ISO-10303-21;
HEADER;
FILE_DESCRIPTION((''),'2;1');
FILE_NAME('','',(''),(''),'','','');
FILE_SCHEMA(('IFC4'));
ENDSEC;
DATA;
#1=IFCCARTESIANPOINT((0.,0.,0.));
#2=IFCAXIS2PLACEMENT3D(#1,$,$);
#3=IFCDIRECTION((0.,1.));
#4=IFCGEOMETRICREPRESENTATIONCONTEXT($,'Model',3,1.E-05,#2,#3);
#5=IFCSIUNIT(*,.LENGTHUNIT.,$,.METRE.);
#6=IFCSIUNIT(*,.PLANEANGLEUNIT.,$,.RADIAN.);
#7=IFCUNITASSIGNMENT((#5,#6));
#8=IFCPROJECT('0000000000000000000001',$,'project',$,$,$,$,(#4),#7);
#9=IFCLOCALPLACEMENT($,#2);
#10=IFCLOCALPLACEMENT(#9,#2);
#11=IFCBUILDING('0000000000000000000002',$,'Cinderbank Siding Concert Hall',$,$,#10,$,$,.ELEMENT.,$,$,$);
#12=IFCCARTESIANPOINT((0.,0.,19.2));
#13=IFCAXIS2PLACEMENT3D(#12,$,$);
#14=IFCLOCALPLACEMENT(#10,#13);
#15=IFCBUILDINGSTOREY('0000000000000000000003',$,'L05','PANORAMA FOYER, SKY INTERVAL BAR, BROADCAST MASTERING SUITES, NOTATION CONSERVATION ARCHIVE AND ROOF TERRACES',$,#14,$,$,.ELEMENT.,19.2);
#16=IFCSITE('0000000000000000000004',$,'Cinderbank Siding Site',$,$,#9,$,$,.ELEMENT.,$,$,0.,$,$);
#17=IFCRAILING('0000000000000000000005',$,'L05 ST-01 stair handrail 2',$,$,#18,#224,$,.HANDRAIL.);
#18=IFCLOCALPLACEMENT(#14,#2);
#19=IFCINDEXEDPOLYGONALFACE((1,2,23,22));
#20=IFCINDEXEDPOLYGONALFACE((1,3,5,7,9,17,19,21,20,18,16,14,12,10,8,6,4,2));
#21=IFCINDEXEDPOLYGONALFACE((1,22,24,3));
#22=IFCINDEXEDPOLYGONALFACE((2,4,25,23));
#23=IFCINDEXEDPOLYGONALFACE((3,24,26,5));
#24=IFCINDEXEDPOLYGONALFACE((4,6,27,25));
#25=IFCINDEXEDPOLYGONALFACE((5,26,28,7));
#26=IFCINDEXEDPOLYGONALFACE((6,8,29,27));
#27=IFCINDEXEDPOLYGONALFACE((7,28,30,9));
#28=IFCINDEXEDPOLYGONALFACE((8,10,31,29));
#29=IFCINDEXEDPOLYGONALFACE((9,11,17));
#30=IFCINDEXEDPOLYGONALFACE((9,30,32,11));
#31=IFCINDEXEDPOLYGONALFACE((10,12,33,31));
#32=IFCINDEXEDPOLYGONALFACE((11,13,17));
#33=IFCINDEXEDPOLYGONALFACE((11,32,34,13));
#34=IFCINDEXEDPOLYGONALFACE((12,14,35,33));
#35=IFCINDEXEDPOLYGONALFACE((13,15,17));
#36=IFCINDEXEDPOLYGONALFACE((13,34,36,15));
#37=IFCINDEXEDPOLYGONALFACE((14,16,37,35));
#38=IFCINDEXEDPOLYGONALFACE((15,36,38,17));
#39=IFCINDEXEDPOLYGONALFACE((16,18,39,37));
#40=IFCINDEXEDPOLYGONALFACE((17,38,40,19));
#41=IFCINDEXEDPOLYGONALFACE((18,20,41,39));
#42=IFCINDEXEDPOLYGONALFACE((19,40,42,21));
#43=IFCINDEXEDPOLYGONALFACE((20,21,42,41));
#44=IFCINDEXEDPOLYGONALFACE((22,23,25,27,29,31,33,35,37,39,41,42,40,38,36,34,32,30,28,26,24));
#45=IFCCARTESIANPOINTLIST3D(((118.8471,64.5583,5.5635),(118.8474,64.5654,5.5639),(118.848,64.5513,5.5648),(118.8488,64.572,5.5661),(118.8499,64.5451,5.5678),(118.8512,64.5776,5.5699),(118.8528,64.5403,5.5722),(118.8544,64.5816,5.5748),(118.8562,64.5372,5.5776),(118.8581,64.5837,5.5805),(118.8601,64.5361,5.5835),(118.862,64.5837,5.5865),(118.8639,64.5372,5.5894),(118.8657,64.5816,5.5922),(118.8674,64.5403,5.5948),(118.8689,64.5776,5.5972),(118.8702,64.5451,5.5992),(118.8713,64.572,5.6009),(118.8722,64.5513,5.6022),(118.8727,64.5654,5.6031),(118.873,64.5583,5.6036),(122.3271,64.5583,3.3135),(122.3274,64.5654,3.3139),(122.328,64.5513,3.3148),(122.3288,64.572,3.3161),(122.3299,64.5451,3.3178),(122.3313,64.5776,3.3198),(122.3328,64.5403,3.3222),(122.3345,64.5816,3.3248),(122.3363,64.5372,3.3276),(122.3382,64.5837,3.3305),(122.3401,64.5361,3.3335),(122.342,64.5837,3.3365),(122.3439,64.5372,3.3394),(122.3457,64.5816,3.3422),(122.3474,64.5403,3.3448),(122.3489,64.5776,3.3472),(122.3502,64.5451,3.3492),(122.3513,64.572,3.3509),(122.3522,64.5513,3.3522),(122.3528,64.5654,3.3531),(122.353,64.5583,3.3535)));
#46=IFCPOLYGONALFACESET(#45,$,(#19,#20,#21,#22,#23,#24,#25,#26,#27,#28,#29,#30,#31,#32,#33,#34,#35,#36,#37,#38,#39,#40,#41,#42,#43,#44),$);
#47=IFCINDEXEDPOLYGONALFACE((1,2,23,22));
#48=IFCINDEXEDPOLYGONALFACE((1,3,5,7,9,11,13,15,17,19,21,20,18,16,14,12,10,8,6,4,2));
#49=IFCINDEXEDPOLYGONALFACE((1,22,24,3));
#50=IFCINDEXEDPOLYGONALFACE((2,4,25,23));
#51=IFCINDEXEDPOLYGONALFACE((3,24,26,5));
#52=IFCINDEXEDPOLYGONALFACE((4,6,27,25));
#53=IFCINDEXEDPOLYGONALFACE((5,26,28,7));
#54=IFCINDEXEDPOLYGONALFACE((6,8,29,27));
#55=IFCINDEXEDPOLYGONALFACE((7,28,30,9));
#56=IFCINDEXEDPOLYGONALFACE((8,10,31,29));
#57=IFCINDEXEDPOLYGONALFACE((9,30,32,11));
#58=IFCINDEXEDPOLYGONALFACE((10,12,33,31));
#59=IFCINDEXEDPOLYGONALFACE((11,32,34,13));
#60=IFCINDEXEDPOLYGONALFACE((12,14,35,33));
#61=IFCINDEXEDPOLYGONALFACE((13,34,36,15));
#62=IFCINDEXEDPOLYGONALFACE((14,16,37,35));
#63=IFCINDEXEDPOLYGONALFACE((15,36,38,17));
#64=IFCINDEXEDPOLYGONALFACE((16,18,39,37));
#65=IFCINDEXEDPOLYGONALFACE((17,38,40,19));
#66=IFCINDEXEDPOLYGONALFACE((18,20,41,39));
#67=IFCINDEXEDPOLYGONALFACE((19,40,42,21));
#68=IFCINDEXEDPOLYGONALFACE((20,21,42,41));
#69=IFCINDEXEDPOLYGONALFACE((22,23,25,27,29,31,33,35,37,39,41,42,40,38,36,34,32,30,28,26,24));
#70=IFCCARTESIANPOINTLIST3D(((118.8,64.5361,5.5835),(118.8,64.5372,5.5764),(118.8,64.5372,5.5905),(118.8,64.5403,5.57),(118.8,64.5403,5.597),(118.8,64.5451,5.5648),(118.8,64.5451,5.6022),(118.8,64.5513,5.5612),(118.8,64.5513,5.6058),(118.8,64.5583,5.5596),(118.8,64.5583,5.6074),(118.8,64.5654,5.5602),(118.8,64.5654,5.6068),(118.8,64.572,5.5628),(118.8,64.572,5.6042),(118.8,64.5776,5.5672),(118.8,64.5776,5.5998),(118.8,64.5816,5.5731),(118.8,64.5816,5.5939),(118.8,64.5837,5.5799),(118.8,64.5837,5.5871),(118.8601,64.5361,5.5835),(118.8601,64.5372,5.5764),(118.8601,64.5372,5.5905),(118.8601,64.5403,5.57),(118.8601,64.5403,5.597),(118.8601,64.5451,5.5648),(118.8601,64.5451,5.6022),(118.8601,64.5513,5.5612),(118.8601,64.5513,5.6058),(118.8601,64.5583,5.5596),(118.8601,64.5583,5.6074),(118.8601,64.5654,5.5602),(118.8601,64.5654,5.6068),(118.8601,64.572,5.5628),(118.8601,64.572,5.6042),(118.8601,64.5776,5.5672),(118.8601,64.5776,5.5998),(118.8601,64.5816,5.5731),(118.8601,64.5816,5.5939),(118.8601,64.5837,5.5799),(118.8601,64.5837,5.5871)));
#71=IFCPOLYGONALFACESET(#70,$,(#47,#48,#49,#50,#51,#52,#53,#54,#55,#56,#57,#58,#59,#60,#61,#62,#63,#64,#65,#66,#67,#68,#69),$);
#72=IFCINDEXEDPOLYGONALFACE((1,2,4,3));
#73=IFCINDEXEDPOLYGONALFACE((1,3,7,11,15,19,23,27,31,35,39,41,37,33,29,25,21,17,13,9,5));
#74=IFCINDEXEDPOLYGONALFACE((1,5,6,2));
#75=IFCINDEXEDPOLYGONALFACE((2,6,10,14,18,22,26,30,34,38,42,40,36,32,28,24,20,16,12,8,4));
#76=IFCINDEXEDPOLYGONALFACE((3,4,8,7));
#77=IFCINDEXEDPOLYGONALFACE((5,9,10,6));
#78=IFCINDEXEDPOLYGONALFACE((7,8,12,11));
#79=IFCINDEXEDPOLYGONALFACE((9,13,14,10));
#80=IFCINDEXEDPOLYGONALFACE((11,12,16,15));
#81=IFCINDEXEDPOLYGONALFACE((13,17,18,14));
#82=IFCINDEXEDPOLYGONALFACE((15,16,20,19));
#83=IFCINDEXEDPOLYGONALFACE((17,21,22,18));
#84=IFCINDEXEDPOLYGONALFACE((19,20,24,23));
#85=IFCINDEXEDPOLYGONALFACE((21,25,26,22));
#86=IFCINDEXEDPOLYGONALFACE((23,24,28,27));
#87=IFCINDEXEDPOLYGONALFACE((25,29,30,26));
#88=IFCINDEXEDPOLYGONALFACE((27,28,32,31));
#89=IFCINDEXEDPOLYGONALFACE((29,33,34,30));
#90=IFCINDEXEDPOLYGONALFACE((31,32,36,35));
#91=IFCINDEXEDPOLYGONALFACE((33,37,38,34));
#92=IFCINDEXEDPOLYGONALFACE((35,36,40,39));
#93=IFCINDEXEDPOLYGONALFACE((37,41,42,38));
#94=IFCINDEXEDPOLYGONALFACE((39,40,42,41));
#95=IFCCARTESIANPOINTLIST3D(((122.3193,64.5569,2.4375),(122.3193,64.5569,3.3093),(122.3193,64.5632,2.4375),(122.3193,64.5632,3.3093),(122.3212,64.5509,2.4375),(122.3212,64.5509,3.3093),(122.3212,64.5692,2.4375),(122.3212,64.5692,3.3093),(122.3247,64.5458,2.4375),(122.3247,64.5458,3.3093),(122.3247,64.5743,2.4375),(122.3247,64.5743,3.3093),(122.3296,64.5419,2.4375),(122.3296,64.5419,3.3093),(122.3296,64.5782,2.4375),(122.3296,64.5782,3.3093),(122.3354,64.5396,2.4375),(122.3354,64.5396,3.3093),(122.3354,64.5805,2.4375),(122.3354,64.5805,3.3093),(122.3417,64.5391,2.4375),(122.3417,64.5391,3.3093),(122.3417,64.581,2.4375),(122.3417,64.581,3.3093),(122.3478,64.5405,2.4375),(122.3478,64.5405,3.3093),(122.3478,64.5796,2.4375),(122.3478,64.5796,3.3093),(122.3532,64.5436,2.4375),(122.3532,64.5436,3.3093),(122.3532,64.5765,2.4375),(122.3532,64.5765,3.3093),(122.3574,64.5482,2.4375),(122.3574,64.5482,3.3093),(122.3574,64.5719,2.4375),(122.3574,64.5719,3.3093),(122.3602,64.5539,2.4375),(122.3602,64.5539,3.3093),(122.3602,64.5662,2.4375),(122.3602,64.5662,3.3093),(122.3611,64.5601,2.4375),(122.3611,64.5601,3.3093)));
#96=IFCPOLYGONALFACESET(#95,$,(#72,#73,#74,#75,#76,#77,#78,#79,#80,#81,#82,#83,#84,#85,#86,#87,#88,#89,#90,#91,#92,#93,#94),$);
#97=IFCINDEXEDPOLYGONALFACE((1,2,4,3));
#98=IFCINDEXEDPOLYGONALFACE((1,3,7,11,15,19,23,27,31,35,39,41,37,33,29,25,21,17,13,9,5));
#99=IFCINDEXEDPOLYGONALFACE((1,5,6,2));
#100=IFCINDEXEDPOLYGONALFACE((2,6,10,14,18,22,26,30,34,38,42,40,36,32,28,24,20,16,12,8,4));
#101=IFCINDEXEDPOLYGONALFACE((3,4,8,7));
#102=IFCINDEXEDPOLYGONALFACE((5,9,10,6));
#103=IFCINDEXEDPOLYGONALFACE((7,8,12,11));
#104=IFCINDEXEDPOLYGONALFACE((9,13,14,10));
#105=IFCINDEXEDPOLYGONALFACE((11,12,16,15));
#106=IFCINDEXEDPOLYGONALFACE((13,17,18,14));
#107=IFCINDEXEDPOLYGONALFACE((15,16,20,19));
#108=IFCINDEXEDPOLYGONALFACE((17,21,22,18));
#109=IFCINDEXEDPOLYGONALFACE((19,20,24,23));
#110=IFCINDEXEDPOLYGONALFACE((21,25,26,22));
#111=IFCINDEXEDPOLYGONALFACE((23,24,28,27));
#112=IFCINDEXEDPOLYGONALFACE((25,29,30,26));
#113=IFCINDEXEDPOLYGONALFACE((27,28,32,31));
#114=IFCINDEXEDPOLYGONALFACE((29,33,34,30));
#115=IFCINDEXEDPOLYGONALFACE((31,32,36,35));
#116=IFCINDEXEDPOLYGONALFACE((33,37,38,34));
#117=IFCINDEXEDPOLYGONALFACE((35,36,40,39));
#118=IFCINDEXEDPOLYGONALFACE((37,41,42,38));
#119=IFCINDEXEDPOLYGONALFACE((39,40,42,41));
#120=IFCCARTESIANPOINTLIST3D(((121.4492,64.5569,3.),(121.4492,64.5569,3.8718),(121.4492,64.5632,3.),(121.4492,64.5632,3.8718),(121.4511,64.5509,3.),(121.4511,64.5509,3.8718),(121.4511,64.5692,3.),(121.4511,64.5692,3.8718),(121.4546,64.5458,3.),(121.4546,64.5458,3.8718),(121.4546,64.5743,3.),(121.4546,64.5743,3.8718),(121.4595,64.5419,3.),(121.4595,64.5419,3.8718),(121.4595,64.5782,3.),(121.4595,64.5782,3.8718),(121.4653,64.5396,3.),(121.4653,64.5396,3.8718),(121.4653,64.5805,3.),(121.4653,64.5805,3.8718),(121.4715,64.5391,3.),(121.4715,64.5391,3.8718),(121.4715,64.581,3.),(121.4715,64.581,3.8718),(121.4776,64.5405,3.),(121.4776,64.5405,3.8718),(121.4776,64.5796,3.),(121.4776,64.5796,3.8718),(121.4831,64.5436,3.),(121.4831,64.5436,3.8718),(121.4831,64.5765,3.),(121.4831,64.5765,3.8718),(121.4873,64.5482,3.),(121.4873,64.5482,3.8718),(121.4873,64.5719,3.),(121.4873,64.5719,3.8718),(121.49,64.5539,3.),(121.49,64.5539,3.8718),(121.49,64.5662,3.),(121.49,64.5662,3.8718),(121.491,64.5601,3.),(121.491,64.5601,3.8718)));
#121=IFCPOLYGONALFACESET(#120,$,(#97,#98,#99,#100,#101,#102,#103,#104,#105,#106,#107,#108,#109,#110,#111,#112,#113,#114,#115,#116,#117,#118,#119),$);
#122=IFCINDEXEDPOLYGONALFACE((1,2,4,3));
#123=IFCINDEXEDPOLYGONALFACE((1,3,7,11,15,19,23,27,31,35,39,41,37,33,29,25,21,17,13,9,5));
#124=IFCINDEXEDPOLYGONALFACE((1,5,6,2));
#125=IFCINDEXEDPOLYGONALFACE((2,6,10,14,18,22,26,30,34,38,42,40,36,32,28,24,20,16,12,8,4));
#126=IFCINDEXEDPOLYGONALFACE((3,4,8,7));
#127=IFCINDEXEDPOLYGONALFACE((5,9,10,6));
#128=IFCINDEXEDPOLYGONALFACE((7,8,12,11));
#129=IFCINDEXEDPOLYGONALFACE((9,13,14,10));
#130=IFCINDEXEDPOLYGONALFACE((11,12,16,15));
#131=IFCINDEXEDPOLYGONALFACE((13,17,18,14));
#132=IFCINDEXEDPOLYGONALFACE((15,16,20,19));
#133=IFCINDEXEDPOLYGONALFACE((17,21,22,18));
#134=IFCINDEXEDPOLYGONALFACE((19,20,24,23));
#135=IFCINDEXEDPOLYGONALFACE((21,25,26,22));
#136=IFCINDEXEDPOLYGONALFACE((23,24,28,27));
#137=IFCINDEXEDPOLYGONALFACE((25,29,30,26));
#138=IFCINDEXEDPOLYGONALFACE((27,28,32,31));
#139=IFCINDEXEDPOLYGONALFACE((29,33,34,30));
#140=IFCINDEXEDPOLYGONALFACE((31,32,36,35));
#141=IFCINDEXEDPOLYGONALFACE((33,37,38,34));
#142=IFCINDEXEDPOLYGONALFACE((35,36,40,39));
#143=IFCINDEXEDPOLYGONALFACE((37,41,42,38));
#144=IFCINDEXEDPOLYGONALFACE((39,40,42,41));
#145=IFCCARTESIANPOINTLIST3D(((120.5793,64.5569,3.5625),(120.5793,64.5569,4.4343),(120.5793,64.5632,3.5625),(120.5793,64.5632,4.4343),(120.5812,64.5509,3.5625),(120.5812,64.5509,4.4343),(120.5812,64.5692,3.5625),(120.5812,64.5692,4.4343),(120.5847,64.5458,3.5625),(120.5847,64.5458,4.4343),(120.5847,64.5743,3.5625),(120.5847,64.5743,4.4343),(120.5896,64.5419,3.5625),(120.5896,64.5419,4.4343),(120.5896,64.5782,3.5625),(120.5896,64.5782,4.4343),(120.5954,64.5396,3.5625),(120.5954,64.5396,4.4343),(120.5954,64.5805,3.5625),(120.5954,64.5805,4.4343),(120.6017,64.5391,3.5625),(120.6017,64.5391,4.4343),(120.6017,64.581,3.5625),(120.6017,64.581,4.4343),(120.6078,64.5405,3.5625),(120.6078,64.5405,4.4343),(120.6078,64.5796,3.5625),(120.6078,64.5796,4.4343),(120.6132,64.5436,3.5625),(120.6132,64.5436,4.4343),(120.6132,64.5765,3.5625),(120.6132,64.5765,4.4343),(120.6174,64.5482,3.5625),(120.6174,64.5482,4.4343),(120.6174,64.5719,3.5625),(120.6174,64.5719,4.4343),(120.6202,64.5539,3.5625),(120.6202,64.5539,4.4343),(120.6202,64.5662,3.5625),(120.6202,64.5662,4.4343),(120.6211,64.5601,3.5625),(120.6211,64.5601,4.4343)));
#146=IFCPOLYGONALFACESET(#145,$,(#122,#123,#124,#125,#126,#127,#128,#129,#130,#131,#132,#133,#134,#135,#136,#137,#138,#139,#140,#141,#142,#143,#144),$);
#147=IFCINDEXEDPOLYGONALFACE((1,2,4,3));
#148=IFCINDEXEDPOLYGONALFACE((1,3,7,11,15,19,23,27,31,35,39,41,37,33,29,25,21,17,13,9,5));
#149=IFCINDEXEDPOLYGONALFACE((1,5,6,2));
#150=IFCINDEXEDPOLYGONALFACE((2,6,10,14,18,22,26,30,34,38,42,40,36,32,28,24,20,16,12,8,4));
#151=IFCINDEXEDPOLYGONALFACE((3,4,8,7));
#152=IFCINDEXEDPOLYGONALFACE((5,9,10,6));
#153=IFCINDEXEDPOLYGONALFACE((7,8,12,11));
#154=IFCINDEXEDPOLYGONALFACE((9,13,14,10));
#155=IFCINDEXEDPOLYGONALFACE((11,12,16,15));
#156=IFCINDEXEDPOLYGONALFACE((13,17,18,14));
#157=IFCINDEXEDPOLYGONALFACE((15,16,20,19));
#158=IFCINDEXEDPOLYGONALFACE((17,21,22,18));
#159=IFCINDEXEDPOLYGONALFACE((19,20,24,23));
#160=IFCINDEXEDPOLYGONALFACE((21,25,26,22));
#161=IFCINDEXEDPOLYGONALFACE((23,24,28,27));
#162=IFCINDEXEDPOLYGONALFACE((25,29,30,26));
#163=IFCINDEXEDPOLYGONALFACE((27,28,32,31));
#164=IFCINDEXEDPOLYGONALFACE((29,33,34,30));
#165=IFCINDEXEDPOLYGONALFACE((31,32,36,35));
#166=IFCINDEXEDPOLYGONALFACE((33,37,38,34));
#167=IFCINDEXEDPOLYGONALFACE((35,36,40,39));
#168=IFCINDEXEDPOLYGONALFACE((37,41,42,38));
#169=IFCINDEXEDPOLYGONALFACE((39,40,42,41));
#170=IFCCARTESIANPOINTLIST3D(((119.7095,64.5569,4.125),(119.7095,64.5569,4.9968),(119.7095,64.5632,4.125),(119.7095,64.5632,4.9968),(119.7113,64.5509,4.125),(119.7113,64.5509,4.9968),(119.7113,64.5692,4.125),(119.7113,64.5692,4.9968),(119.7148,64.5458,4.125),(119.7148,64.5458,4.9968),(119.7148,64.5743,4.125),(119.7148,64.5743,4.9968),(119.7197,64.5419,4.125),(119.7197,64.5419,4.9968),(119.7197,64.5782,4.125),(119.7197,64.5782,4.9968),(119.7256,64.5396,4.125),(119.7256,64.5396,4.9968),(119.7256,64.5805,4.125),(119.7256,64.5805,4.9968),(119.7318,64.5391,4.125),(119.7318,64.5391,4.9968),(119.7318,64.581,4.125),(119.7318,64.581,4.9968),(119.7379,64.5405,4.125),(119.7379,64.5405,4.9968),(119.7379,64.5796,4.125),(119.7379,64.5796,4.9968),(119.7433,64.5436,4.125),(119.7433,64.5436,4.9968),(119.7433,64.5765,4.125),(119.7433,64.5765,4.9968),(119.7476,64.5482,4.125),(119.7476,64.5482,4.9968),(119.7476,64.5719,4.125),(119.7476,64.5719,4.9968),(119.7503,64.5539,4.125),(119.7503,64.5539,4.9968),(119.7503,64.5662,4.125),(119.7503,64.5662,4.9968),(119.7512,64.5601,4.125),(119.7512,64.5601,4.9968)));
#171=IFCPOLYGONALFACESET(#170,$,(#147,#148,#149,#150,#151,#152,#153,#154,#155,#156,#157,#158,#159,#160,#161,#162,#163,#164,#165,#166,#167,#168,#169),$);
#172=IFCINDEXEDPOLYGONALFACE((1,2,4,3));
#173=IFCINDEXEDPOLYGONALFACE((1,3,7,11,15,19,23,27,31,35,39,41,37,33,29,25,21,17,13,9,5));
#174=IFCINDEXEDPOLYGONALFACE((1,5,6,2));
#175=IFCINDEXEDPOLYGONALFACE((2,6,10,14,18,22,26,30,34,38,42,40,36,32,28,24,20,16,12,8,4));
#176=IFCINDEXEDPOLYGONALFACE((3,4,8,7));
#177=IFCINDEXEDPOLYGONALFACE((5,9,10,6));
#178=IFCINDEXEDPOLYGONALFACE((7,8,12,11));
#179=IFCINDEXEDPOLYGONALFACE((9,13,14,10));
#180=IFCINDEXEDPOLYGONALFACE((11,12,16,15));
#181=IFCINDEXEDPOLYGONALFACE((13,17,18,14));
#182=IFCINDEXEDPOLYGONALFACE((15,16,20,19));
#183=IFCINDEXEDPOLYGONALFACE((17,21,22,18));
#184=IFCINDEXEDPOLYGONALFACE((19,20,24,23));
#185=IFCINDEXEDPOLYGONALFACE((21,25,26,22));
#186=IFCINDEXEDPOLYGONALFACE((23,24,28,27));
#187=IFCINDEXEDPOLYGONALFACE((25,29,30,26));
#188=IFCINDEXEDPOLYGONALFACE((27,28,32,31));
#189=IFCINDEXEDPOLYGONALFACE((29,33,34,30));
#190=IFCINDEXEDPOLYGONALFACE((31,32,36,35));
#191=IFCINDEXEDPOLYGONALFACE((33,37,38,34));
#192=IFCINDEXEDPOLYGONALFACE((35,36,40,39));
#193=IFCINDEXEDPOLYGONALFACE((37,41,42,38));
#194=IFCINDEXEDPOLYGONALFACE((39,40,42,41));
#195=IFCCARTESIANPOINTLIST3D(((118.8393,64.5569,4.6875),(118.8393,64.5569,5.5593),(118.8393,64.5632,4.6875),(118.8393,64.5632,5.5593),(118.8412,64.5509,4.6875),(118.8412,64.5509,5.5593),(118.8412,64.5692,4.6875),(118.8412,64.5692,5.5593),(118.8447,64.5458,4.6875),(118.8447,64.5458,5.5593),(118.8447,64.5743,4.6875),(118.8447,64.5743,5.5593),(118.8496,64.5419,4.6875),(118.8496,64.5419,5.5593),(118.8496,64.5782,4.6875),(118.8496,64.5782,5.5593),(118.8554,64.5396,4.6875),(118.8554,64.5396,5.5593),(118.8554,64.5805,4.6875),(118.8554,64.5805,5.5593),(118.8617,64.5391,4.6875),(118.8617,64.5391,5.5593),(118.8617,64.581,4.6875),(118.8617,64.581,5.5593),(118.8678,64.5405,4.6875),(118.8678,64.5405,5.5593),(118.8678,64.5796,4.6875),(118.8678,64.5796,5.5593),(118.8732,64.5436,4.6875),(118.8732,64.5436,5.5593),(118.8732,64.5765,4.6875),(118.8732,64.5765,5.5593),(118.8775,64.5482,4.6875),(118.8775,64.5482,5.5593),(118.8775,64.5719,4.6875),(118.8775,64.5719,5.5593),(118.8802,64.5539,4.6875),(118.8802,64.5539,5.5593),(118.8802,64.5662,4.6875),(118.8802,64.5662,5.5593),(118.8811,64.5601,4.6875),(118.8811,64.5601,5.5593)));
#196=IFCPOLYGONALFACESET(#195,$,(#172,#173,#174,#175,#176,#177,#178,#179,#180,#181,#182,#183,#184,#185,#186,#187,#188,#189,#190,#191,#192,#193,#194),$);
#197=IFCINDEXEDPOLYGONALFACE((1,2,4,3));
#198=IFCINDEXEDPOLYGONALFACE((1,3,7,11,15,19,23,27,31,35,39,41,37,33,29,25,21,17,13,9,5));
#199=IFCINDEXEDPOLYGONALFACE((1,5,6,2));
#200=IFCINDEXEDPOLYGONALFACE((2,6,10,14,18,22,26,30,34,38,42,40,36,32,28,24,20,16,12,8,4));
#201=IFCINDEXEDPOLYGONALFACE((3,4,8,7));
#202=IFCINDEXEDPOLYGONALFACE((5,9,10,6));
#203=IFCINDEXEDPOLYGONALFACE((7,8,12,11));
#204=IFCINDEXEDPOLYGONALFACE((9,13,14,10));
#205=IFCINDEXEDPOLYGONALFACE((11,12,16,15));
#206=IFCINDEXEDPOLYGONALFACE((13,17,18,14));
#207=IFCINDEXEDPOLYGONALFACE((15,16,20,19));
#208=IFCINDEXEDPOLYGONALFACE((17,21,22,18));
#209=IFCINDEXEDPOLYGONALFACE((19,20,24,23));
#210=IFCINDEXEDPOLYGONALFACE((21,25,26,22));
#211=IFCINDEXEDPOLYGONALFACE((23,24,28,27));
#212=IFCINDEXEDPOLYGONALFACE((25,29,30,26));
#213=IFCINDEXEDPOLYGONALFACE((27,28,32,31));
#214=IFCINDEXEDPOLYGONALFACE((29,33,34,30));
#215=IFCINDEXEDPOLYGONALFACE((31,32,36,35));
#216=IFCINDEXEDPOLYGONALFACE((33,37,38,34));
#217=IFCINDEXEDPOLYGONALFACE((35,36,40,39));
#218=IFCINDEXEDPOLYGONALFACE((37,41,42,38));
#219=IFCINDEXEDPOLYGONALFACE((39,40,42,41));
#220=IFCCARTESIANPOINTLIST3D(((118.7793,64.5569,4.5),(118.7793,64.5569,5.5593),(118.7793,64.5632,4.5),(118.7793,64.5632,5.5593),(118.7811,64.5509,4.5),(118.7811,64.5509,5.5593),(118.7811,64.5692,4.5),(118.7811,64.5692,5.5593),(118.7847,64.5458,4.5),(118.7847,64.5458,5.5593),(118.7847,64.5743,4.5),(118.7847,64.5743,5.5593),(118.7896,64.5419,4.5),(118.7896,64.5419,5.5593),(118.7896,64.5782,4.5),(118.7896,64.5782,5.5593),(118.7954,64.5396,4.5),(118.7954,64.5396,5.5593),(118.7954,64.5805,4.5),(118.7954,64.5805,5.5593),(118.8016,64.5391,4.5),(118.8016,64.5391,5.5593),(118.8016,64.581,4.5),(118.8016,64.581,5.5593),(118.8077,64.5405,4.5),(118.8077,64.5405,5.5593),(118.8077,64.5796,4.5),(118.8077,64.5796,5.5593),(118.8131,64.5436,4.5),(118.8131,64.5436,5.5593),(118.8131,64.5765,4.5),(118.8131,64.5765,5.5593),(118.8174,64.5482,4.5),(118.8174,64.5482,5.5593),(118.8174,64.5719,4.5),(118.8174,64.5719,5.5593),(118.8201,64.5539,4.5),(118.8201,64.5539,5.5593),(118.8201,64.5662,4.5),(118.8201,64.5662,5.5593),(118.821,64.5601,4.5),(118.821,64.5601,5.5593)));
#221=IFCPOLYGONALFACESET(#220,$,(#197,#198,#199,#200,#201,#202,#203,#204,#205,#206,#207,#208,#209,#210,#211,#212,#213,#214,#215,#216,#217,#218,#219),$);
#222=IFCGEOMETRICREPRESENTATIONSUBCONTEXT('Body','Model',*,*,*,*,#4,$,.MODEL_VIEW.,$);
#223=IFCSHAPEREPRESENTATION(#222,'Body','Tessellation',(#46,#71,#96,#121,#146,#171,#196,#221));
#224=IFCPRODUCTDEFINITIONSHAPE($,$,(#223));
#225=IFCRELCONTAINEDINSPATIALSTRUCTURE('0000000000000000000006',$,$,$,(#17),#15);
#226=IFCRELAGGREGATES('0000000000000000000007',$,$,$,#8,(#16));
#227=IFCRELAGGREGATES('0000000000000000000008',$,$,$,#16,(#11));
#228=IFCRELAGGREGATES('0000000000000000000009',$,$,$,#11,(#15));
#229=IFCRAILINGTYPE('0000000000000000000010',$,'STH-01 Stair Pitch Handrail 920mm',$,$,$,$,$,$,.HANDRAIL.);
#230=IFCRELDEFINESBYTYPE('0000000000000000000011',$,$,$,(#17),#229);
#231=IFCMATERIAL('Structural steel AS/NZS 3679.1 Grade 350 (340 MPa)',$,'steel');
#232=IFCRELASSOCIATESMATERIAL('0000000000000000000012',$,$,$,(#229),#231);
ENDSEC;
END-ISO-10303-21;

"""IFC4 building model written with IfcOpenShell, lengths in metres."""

from ifc_helpers import new_model, si_unit, direction, frame, origin, origin_2d, place, context, subcontext, project, spatial, circle, extrude, material, type_object, element, save


model = new_model("IFC4")

# Units and contexts
model_context = context("Model", 3, precision=1e-05, world=origin(), true_north=direction((0.0, 1.0)))
body_context = subcontext(model_context, "Body", "Model", "MODEL_VIEW")
ifc_project = project(units=[si_unit("LENGTHUNIT", "METRE"), si_unit("PLANEANGLEUNIT", "RADIAN")], contexts=[model_context])

# Site, building, storey
site_placement = place(None, origin())
site = spatial("IfcSite", under=ifc_project, at=site_placement, Name="Cinderbank Siding Site", CompositionType="ELEMENT", RefElevation=0.0)
building_placement = place(site_placement, origin())
building = spatial("IfcBuilding", under=site, at=building_placement, Name="Cinderbank Siding Concert Hall", CompositionType="ELEMENT")
storey_placement = place(building_placement, frame((0.0, 0.0, 19.2)))
storey = spatial("IfcBuildingStorey", under=building, at=storey_placement, Name="L05", Description="PANORAMA FOYER, SKY INTERVAL BAR, BROADCAST MASTERING SUITES, NOTATION CONSERVATION ARCHIVE AND ROOF TERRACES", CompositionType="ELEMENT", Elevation=19.2)

# Railing
ifc_material_1 = material(Name="Structural steel AS/NZS 3679.1 Grade 350 (340 MPa)", Category="steel")
railing_type_1 = type_object("IfcRailingType", Name="STH-01 Stair Pitch Handrail 920mm", PredefinedType="HANDRAIL", material=ifc_material_1)
railing_1_placement = place(storey_placement, frame((122.3401, 64.5601, 2.4375)))
element("IfcRailing", 1, at=railing_1_placement, inside=storey, type_object=railing_type_1, Name="L05 ST-01 stair handrail 2", PredefinedType="HANDRAIL", context=body_context, shape_type="SweptSolid", body=[
    extrude(circle(Radius=0.0239, at=origin_2d()), frame((0.0, 0.0, 0.896), z_axis=(-0.839763, 0.0, 0.542953), x_axis=(0.0, -1.0, 0.0)), (0.0, 0.0, 1.0), 4.144),
    extrude(circle(Radius=0.0239, at=origin_2d()), frame((-3.48, 0.0, 3.146), z_axis=(-1.0, 0.0, 0.0), x_axis=(0.0, -1.0, 0.0)), (0.0, 0.0, 1.0), 0.0601),
    extrude(circle(Radius=0.021, at=origin_2d()), origin(), (0.0, 0.0, 1.0), 0.8718),
    extrude(circle(Radius=0.021, at=origin_2d()), frame((-0.8701, 0.0, 0.5625)), (0.0, 0.0, 1.0), 0.8718),
    extrude(circle(Radius=0.021, at=origin_2d()), frame((-1.74, 0.0, 1.125)), (0.0, 0.0, 1.0), 0.8718),
    extrude(circle(Radius=0.021, at=origin_2d()), frame((-2.6099, 0.0, 1.6875)), (0.0, 0.0, 1.0), 0.8718),
    extrude(circle(Radius=0.021, at=origin_2d()), frame((-3.48, 0.0, 2.25)), (0.0, 0.0, 1.0), 0.8718),
    extrude(circle(Radius=0.021, at=origin_2d()), frame((-3.54, 0.0, 2.0625)), (0.0, 0.0, 1.0), 1.0593),
])

save(model, "model.ifc")
